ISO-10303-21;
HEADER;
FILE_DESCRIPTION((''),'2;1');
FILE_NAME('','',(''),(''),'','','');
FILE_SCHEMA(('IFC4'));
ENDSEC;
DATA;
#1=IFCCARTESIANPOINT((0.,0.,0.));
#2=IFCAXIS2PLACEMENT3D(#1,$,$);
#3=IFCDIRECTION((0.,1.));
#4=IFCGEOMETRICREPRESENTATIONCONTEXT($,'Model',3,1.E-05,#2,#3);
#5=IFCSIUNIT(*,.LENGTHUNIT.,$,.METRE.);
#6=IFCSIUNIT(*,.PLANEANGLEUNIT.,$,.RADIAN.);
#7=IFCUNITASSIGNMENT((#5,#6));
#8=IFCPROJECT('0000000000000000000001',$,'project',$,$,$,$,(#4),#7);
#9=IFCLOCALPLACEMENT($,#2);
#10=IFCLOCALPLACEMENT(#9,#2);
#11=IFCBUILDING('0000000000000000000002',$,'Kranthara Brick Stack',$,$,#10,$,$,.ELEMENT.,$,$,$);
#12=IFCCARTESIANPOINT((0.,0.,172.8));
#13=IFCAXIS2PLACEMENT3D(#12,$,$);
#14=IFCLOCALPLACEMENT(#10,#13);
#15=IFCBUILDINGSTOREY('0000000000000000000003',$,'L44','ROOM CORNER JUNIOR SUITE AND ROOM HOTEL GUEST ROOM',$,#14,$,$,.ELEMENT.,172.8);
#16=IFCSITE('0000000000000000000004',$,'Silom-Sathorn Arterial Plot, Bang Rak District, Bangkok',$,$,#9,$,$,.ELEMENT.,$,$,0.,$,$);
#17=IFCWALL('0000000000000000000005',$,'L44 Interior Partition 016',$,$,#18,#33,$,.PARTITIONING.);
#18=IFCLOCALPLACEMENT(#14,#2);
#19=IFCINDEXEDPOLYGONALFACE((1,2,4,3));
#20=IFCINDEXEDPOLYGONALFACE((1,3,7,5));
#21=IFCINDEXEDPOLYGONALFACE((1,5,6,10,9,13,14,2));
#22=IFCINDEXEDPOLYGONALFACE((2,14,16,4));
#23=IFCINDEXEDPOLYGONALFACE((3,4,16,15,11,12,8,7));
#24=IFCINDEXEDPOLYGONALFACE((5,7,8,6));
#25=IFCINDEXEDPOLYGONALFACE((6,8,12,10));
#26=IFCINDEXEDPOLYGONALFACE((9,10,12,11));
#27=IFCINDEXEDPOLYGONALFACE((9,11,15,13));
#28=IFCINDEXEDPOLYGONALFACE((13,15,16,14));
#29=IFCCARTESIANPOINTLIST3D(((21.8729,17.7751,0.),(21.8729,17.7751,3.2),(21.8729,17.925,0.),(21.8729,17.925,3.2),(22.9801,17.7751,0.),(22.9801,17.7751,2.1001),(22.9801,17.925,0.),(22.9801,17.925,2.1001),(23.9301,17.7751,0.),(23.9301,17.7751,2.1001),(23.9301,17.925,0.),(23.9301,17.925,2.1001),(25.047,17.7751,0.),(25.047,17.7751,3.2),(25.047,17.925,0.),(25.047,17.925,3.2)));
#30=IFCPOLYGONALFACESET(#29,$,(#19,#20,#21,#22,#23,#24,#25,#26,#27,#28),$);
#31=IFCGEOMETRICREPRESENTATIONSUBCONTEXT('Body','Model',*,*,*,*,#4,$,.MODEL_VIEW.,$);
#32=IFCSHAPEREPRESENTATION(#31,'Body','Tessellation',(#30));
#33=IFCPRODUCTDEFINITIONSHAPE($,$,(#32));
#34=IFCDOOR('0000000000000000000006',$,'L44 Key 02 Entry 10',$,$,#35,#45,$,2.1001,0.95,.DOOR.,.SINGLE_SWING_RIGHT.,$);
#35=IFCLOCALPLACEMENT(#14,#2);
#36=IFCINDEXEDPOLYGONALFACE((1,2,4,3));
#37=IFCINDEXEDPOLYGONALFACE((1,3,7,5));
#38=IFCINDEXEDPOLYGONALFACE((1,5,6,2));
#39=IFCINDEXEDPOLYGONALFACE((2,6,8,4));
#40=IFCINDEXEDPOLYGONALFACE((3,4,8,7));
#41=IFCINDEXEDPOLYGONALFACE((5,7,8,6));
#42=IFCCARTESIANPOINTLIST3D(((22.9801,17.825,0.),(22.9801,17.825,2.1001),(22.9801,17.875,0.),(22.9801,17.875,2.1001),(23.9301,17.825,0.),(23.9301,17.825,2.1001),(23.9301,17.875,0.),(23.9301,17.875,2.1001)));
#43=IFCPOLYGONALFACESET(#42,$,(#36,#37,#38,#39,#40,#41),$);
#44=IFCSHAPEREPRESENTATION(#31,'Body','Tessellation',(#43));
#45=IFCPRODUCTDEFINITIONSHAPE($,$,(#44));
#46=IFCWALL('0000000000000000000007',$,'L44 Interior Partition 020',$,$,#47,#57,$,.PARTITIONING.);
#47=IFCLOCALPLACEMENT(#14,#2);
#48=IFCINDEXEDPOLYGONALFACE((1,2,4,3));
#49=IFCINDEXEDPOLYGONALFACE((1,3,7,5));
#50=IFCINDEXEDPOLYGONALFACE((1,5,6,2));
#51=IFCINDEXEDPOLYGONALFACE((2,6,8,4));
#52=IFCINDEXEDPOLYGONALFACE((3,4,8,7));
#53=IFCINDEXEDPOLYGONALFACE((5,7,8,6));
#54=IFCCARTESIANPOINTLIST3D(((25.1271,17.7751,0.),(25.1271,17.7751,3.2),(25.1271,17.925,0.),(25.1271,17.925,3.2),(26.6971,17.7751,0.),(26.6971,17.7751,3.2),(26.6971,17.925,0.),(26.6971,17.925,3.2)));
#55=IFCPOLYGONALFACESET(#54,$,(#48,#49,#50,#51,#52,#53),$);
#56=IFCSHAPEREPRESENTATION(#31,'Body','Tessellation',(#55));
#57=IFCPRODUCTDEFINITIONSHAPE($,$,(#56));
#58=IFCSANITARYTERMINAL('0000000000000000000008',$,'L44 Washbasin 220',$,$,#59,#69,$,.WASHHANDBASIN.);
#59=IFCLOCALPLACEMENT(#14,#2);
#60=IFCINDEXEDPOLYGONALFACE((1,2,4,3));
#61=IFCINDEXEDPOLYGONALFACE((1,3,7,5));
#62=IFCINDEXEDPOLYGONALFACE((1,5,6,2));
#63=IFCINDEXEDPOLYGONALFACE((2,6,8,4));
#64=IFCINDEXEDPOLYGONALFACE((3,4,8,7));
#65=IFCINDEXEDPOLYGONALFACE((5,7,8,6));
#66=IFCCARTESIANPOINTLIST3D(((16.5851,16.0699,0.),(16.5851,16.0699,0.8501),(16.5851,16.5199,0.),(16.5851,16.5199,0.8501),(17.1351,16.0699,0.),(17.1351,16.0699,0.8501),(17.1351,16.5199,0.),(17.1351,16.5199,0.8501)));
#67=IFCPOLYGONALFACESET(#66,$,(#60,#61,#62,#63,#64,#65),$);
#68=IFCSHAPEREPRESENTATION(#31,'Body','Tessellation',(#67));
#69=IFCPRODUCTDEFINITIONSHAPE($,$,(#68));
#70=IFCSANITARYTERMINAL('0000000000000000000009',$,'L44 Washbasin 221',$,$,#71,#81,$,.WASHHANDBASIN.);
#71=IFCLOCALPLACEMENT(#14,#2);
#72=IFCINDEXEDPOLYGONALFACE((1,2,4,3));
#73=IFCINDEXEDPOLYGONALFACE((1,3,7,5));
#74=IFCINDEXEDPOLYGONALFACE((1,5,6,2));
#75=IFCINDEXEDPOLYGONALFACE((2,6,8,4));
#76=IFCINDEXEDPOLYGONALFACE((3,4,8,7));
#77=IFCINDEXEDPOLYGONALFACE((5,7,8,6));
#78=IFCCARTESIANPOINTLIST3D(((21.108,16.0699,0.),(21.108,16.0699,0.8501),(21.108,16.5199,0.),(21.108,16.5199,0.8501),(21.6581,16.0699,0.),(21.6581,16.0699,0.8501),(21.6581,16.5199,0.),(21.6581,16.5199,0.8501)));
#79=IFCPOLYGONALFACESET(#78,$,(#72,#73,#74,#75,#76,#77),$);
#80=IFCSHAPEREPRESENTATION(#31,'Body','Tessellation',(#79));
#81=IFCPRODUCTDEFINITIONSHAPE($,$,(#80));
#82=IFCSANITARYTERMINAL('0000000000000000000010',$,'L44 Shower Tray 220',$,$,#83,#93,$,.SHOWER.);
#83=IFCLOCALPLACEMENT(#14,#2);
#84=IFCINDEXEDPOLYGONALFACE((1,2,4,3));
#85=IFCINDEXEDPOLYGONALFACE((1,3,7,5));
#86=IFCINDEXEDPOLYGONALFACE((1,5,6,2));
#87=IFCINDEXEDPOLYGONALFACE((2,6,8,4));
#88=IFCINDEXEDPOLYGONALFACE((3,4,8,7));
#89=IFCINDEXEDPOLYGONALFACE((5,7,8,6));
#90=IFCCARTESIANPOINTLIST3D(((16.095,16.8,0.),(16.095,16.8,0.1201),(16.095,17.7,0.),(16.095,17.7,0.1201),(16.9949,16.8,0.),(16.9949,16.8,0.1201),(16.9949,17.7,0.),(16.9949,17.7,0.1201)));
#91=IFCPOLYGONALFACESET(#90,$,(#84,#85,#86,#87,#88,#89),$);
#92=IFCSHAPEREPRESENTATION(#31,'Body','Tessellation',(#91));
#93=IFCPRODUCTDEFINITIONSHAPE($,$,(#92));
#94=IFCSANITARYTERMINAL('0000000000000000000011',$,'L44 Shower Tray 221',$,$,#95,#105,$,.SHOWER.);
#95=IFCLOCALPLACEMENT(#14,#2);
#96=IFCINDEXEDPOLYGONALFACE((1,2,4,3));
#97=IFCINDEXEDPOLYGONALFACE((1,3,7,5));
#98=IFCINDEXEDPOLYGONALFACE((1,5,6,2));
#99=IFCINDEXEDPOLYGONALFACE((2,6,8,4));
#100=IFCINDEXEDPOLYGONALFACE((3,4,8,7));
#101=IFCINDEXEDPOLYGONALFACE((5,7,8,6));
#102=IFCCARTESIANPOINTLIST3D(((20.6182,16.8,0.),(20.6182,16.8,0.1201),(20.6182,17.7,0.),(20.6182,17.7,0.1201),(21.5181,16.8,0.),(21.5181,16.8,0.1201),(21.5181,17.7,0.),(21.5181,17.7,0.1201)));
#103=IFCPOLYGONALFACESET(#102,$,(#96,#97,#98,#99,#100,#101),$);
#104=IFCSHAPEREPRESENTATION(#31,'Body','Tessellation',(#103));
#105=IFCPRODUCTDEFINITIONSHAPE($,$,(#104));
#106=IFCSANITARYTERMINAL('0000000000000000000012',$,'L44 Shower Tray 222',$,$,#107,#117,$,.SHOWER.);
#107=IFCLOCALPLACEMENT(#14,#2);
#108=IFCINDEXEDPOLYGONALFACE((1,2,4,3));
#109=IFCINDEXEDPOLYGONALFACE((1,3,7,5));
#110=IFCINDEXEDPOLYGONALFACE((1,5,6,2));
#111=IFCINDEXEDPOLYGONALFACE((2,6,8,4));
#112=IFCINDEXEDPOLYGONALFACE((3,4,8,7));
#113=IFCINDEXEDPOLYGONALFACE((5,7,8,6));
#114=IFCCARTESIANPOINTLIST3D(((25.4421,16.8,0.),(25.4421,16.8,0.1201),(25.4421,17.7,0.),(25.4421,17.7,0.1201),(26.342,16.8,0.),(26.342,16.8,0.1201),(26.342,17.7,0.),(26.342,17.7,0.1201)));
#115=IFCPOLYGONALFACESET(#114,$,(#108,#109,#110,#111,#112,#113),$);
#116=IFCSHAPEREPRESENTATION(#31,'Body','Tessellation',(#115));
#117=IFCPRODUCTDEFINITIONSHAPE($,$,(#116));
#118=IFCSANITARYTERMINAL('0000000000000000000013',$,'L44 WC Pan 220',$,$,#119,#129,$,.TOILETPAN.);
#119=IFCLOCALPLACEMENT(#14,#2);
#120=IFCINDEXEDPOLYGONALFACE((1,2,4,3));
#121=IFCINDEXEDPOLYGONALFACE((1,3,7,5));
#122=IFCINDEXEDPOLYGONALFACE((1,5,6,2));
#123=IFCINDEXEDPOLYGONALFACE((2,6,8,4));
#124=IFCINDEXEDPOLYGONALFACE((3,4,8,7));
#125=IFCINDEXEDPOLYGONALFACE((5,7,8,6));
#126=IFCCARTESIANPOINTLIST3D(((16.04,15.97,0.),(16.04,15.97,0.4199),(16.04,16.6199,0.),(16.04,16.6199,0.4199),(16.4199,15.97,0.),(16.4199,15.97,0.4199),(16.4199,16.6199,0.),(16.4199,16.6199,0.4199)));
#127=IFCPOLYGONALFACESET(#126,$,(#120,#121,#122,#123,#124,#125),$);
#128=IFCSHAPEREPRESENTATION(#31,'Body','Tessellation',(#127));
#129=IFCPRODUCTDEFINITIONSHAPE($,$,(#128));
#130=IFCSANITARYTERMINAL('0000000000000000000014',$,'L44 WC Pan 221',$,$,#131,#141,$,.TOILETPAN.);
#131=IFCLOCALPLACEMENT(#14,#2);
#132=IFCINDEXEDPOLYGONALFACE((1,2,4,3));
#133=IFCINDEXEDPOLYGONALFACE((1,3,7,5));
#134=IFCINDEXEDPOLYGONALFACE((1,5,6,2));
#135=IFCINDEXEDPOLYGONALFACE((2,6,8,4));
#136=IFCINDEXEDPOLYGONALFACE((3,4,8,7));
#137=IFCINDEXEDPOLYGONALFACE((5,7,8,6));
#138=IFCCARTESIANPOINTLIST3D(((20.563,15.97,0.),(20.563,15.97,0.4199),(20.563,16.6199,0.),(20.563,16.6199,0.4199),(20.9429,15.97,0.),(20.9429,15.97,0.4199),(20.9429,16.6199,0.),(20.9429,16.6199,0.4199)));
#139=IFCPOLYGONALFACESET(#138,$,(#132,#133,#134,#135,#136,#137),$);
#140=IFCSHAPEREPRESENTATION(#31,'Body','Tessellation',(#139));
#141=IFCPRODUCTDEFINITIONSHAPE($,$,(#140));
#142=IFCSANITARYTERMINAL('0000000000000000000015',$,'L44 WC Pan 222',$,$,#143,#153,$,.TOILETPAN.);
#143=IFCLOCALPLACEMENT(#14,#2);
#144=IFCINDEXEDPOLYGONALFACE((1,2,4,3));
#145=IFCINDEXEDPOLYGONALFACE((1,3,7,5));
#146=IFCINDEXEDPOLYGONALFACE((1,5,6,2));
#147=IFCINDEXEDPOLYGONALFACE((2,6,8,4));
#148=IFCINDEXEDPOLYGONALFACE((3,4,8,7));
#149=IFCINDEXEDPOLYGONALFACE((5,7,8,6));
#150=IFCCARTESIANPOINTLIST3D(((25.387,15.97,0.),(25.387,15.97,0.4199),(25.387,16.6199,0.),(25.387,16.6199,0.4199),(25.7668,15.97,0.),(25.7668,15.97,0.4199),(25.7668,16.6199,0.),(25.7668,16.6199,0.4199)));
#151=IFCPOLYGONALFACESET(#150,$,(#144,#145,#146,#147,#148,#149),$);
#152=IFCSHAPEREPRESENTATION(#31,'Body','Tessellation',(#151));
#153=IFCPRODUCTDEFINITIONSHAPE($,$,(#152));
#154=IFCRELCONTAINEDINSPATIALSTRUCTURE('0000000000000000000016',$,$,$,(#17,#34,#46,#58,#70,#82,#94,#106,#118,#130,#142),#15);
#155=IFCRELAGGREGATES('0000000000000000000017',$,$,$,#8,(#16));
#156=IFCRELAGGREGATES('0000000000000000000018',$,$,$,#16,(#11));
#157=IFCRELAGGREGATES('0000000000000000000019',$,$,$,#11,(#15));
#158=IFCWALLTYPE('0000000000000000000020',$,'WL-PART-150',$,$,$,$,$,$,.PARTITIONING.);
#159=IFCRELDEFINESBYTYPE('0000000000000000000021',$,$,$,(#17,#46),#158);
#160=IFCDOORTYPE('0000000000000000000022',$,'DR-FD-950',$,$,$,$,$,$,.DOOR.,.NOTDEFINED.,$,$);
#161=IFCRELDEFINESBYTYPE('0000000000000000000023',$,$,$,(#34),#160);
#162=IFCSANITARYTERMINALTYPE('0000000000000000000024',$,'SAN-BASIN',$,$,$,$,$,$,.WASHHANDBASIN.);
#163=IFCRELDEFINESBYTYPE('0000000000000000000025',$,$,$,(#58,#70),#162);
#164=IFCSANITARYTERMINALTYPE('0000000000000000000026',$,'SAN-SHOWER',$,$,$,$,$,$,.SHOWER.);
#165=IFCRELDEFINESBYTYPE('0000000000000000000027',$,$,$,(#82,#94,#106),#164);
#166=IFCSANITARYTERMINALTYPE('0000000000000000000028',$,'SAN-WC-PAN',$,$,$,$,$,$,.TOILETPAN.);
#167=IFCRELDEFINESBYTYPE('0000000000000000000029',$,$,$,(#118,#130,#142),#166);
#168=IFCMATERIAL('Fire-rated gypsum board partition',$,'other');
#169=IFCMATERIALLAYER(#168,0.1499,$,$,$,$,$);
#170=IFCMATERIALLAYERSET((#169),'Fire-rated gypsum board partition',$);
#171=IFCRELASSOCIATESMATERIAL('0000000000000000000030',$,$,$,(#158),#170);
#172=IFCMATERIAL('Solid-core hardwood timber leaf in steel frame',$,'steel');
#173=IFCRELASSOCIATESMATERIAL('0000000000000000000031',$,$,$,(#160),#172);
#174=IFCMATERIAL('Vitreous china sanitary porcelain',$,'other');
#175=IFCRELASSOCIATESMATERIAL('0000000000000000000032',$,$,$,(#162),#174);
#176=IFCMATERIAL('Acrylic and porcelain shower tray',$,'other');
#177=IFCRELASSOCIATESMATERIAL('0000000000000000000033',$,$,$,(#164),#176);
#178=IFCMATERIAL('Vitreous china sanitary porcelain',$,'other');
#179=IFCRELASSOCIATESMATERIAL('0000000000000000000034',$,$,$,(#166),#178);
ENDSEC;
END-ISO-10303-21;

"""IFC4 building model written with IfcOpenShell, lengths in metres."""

from ifc_helpers import new_model, si_unit, direction, frame, frame_2d, origin, origin_2d, place, context, subcontext, project, spatial, rectangle, extrude, material, layer, layer_set, type_object, element, fill, save


model = new_model("IFC4")

# Units and contexts
model_context = context("Model", 3, precision=1e-05, world=origin(), true_north=direction((0.0, 1.0)))
body_context = subcontext(model_context, "Body", "Model", "MODEL_VIEW")
ifc_project = project(units=[si_unit("LENGTHUNIT", "METRE"), si_unit("PLANEANGLEUNIT", "RADIAN")], contexts=[model_context])

# Site, building, storey
site_placement = place(None, origin())
site = spatial("IfcSite", under=ifc_project, at=site_placement, Name="Silom-Sathorn Arterial Plot, Bang Rak District, Bangkok", CompositionType="ELEMENT", RefElevation=0.0)
building_placement = place(site_placement, origin())
building = spatial("IfcBuilding", under=site, at=building_placement, Name="Kranthara Brick Stack", CompositionType="ELEMENT")
storey_placement = place(building_placement, frame((0.0, 0.0, 172.8)))
storey = spatial("IfcBuildingStorey", under=building, at=storey_placement, Name="L44", Description="ROOM CORNER JUNIOR SUITE AND ROOM HOTEL GUEST ROOM", CompositionType="ELEMENT", Elevation=172.8)

# Shared definitions
ifc_material_1 = material(Name="Fire-rated gypsum board partition", Category="other")
ifc_layer_1 = layer(ifc_material_1, 0.1499)
ifc_layer_set_1 = layer_set([ifc_layer_1], Name="Fire-rated gypsum board partition")
wall_type_1 = type_object("IfcWallType", Name="WL-PART-150", PredefinedType="PARTITIONING", material=ifc_layer_set_1)

# Shared definitions
ifc_material_2 = material(Name="Solid-core hardwood timber leaf in steel frame", Category="steel")
door_type_1 = type_object("IfcDoorType", Name="DR-FD-950", OperationType="NOTDEFINED", PredefinedType="DOOR", material=ifc_material_2)

# Wall, opening, door
wall_1_placement = place(storey_placement, frame((21.873, 17.8501, 0.0), z_axis=(0.0, 0.0, 1.0), x_axis=(1.0, 0.0, 0.0)))
wall_1 = element("IfcWall", 1, at=wall_1_placement, inside=storey, type_object=wall_type_1, Name="L44 Interior Partition 016", PredefinedType="PARTITIONING", context=body_context, shape_type="SweptSolid", body=[
    extrude(rectangle(XDim=3.1741, YDim=0.1499, at=frame_2d((1.5869, 0.0))), origin(), (0.0, 0.0, 1.0), 3.2),
])
opening_1_placement = place(wall_1_placement, frame((1.1069, 0.0, 0.0)))
opening_1 = element("IfcOpeningElement", 2, at=opening_1_placement, cuts=wall_1, PredefinedType="OPENING", context=body_context, shape_type="SweptSolid", body=[
    extrude(rectangle(XDim=0.95, YDim=2.1001, at=frame_2d((0.4751, 1.05))), frame((0.0, 0.085, 0.0), z_axis=(0.0, -1.0, 0.0), x_axis=(1.0, 0.0, 0.0)), (0.0, 0.0, 1.0), 0.1699),
])
door_1_placement = place(opening_1_placement, origin())
door_1 = element("IfcDoor", 3, at=door_1_placement, inside=storey, type_object=door_type_1, Name="L44 Key 02 Entry 10", OperationType="SINGLE_SWING_RIGHT", OverallHeight=2.1001, OverallWidth=0.95, PredefinedType="DOOR", context=body_context, shape_type="SweptSolid", body=[
    extrude(rectangle(XDim=0.95, YDim=2.1001, at=frame_2d((0.4751, 1.05))), frame((0.0, 0.0249, 0.0), z_axis=(0.0, -1.0, 0.0), x_axis=(1.0, 0.0, 0.0)), (0.0, 0.0, 1.0), 0.05),
])
fill(opening_1, door_1)

# Wall
wall_2_placement = place(storey_placement, frame((25.127, 17.8501, 0.0), z_axis=(0.0, 0.0, 1.0), x_axis=(1.0, 0.0, 0.0)))
element("IfcWall", 4, at=wall_2_placement, inside=storey, type_object=wall_type_1, Name="L44 Interior Partition 020", PredefinedType="PARTITIONING", context=body_context, shape_type="SweptSolid", body=[
    extrude(rectangle(XDim=1.5701, YDim=0.1499, at=frame_2d((0.7852, 0.0))), origin(), (0.0, 0.0, 1.0), 3.2),
])

# Sanitary terminals
ifc_material_3 = material(Name="Vitreous china sanitary porcelain", Category="other")
sanitary_terminal_type_1 = type_object("IfcSanitaryTerminalType", Name="SAN-BASIN", PredefinedType="WASHHANDBASIN", material=ifc_material_3)
for number, where, z_axis, x_axis, name in (
    (5, (16.8601, 16.2949, 0.0), (0.0, 0.0, 1.0), (1.0, 0.0, 0.0), "L44 Washbasin 220"),
    (6, (21.3831, 16.2949, 0.0), (0.0, 0.0, 1.0), (1.0, 0.0, 0.0), "L44 Washbasin 221"),
):
    element("IfcSanitaryTerminal", number, at=place(storey_placement, frame(where, z_axis=z_axis, x_axis=x_axis)), inside=storey, type_object=sanitary_terminal_type_1, Name=name, PredefinedType="WASHHANDBASIN", context=body_context, shape_type="SweptSolid", body=[
        extrude(rectangle(XDim=0.55, YDim=0.45, at=origin_2d()), origin(), (0.0, 0.0, 1.0), 0.8501),
    ])
ifc_material_4 = material(Name="Acrylic and porcelain shower tray", Category="other")
sanitary_terminal_type_2 = type_object("IfcSanitaryTerminalType", Name="SAN-SHOWER", PredefinedType="SHOWER", material=ifc_material_4)
for number, where, z_axis, x_axis, name in (
    (7, (16.5449, 17.25, 0.0), (0.0, 0.0, 1.0), (1.0, 0.0, 0.0), "L44 Shower Tray 220"),
    (8, (21.0681, 17.25, 0.0), (0.0, 0.0, 1.0), (1.0, 0.0, 0.0), "L44 Shower Tray 221"),
    (9, (25.8921, 17.25, 0.0), (0.0, 0.0, 1.0), (1.0, 0.0, 0.0), "L44 Shower Tray 222"),
):
    element("IfcSanitaryTerminal", number, at=place(storey_placement, frame(where, z_axis=z_axis, x_axis=x_axis)), inside=storey, type_object=sanitary_terminal_type_2, Name=name, PredefinedType="SHOWER", context=body_context, shape_type="SweptSolid", body=[
        extrude(rectangle(XDim=0.8999, YDim=0.8999, at=origin_2d()), origin(), (0.0, 0.0, 1.0), 0.1201),
    ])
ifc_material_5 = material(Name="Vitreous china sanitary porcelain", Category="other")
sanitary_terminal_type_3 = type_object("IfcSanitaryTerminalType", Name="SAN-WC-PAN", PredefinedType="TOILETPAN", material=ifc_material_5)
for number, where, z_axis, x_axis, name in (
    (10, (16.23, 16.2949, 0.0), (0.0, 0.0, 1.0), (1.0, 0.0, 0.0), "L44 WC Pan 220"),
    (11, (20.7529, 16.2949, 0.0), (0.0, 0.0, 1.0), (1.0, 0.0, 0.0), "L44 WC Pan 221"),
    (12, (25.5769, 16.2949, 0.0), (0.0, 0.0, 1.0), (1.0, 0.0, 0.0), "L44 WC Pan 222"),
):
    element("IfcSanitaryTerminal", number, at=place(storey_placement, frame(where, z_axis=z_axis, x_axis=x_axis)), inside=storey, type_object=sanitary_terminal_type_3, Name=name, PredefinedType="TOILETPAN", context=body_context, shape_type="SweptSolid", body=[
        extrude(rectangle(XDim=0.3799, YDim=0.6499, at=origin_2d()), origin(), (0.0, 0.0, 1.0), 0.4199),
    ])

save(model, "model.ifc")
